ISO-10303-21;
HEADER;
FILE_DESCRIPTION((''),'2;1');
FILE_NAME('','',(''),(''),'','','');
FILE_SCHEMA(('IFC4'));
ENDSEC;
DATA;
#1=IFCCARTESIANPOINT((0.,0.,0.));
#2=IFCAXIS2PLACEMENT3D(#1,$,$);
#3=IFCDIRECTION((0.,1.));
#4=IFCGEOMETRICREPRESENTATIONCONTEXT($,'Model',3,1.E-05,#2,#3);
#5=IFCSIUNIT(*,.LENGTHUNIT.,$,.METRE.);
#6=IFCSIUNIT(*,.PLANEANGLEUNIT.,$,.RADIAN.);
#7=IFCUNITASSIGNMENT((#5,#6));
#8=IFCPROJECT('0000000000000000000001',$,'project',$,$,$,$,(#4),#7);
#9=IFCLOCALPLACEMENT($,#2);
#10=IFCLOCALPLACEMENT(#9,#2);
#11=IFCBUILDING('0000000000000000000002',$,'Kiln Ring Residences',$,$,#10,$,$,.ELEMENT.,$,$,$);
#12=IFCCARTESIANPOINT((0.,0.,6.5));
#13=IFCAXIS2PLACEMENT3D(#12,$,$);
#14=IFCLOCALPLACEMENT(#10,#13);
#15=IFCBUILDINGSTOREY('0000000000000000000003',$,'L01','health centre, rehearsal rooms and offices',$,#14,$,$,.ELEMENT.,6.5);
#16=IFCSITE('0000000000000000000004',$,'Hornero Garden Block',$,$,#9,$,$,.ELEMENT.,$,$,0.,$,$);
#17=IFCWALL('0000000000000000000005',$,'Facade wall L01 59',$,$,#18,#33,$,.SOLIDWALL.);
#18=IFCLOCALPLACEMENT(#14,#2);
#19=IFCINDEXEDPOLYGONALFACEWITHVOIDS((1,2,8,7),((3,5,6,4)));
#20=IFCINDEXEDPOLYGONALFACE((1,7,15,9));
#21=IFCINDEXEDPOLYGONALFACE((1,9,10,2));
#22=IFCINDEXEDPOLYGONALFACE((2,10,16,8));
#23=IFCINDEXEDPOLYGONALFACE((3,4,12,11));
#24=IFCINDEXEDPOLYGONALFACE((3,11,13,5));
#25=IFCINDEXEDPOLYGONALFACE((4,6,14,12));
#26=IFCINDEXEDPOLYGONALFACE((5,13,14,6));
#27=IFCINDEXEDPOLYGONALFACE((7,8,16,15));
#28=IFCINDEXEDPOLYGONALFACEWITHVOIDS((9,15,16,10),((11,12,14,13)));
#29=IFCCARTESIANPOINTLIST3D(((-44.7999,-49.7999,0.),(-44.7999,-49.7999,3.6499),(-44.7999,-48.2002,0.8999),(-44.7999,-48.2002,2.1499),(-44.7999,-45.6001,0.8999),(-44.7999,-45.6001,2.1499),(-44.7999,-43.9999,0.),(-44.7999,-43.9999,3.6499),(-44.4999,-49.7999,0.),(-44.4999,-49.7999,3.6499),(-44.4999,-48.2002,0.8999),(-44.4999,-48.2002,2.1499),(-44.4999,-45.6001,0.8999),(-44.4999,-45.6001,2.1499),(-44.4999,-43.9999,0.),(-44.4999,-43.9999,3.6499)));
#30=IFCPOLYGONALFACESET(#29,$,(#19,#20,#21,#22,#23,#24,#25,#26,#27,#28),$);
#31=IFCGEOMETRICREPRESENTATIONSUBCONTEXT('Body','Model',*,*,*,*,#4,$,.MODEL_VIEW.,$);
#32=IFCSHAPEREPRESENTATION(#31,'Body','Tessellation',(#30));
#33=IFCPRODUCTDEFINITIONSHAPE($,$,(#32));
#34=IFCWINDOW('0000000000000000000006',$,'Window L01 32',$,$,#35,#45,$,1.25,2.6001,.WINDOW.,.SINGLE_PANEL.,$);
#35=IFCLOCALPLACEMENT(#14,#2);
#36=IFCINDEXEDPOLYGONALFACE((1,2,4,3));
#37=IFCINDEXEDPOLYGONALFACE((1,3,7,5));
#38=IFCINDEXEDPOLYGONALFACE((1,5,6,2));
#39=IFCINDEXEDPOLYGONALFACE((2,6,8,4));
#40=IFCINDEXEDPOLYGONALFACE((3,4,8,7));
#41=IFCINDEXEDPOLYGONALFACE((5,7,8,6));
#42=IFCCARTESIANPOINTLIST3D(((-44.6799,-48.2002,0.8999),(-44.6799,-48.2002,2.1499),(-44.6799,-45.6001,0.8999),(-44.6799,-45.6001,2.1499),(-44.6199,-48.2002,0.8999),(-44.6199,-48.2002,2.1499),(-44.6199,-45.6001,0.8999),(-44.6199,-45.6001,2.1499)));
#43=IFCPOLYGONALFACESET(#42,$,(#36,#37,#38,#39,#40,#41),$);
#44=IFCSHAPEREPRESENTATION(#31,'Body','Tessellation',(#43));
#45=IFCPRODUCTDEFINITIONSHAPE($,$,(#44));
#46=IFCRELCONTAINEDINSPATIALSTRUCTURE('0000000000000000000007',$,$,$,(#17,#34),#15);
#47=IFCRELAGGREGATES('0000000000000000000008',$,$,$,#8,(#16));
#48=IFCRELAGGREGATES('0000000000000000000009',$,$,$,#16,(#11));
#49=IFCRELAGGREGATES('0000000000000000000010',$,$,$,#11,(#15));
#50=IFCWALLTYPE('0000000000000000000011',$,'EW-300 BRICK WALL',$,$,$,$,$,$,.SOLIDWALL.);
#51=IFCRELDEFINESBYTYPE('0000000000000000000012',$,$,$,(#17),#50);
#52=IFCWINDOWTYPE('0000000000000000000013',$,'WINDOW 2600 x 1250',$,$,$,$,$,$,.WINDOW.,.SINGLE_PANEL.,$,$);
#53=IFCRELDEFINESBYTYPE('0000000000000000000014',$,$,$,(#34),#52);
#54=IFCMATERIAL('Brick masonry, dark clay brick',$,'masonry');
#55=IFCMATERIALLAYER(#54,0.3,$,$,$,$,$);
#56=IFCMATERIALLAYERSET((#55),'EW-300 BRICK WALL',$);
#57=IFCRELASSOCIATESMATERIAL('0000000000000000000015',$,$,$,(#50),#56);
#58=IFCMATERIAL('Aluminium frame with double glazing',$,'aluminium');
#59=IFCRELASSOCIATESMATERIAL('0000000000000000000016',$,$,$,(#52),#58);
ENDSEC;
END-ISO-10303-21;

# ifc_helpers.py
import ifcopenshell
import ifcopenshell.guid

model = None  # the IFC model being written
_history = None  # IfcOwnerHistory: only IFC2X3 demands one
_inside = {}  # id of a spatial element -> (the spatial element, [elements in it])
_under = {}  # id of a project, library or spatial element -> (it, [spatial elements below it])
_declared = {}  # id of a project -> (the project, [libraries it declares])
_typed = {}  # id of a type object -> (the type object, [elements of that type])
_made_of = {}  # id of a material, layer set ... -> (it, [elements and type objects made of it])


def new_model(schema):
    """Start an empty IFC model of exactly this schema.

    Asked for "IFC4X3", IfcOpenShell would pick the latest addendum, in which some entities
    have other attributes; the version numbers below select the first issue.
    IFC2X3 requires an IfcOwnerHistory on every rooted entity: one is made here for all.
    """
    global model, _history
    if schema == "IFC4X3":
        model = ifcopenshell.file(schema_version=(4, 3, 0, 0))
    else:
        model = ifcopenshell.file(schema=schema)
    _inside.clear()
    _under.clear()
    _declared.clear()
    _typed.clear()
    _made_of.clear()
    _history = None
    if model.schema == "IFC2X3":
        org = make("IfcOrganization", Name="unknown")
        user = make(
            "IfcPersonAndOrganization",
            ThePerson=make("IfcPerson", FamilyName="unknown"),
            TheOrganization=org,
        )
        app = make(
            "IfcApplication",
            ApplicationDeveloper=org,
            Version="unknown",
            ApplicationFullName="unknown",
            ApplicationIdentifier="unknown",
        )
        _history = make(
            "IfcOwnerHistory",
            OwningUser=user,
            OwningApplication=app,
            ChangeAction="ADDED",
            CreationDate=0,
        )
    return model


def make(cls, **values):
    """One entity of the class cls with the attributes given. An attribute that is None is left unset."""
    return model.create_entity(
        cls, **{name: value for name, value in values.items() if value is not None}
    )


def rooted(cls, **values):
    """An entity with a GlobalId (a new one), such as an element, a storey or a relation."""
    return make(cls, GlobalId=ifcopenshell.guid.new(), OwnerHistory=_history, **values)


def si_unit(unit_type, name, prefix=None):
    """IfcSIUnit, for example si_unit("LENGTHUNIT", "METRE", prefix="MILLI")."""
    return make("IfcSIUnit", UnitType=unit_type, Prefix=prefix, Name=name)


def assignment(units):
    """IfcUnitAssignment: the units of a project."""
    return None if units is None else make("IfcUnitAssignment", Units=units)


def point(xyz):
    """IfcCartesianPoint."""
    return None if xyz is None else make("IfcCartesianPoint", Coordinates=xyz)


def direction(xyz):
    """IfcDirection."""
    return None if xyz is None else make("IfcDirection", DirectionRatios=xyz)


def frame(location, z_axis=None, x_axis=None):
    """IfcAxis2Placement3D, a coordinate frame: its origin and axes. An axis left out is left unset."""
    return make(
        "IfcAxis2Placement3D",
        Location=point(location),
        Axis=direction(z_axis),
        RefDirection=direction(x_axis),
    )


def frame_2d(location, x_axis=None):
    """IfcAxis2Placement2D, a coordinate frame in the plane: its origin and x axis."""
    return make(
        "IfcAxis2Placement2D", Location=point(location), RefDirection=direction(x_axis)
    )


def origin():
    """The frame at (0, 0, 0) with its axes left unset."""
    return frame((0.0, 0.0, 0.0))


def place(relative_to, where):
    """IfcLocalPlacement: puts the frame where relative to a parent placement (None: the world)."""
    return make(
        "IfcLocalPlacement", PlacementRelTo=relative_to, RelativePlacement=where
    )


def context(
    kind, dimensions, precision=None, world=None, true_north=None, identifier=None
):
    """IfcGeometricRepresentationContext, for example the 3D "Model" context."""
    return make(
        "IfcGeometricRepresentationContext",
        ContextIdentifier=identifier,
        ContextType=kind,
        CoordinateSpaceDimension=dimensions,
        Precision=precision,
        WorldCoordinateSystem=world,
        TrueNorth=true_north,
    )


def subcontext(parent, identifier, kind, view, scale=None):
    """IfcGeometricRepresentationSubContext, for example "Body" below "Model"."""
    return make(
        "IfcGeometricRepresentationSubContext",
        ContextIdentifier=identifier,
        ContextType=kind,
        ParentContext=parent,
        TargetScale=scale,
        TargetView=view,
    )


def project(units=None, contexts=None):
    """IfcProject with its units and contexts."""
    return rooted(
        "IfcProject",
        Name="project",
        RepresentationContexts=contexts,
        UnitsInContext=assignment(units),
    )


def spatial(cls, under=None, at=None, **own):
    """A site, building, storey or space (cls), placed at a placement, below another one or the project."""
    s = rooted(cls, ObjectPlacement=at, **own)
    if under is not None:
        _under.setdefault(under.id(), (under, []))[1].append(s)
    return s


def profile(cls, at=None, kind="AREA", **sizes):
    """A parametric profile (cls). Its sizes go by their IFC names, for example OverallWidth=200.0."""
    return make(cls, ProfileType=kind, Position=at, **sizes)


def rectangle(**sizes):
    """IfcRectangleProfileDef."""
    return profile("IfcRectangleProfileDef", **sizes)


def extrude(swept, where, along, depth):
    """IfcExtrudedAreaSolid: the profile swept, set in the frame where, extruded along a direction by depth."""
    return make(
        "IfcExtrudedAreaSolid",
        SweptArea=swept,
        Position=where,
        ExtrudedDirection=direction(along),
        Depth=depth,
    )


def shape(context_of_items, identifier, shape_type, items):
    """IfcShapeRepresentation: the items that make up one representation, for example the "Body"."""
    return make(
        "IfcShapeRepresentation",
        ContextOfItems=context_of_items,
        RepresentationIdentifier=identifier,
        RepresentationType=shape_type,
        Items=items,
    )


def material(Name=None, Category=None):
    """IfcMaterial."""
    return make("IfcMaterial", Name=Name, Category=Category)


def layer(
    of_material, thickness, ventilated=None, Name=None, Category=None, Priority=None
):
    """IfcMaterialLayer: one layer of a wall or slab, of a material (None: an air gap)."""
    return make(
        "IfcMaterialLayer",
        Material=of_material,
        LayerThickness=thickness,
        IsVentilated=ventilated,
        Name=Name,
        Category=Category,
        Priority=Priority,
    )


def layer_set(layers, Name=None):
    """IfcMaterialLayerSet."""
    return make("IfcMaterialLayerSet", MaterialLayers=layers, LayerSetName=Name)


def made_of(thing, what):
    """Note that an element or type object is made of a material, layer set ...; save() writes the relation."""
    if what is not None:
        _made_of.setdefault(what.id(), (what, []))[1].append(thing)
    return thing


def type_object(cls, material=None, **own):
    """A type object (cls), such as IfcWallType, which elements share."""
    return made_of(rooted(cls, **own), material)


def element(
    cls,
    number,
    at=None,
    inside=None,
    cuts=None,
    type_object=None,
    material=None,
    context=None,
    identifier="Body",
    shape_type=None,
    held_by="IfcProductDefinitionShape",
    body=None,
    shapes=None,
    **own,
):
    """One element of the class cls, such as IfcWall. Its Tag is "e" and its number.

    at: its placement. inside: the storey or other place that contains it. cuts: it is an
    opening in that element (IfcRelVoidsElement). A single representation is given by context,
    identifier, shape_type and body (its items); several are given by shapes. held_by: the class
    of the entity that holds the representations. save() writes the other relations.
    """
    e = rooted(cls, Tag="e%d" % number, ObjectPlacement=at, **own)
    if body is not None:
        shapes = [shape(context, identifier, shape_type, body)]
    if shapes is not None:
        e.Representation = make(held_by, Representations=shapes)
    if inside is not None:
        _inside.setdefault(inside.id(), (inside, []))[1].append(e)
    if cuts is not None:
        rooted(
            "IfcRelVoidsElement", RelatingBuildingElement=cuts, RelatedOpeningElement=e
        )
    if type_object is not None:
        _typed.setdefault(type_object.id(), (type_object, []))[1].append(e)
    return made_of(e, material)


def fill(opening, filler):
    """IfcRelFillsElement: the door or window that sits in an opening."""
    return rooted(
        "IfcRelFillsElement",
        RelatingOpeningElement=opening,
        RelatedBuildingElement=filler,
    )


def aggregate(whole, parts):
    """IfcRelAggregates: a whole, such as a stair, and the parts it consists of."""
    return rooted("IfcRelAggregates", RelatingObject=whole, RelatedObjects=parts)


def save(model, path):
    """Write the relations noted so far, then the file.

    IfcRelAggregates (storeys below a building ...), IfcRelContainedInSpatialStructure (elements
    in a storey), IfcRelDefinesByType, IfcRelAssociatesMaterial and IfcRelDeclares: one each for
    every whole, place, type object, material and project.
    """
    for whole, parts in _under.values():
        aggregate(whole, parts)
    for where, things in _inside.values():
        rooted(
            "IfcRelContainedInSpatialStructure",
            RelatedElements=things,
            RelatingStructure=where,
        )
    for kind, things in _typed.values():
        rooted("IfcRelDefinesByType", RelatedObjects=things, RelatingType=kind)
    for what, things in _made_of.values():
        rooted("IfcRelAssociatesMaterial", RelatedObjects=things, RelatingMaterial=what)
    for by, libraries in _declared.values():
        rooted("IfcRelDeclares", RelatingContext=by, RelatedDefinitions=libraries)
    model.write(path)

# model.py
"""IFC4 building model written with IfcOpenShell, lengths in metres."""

from ifc_helpers import new_model, si_unit, direction, frame, frame_2d, origin, place, context, subcontext, project, spatial, rectangle, extrude, material, layer, layer_set, type_object, element, fill, save


model = new_model("IFC4")

# Units and contexts
model_context = context("Model", 3, precision=1e-05, world=origin(), true_north=direction((0.0, 1.0)))
body_context = subcontext(model_context, "Body", "Model", "MODEL_VIEW")
ifc_project = project(units=[si_unit("LENGTHUNIT", "METRE"), si_unit("PLANEANGLEUNIT", "RADIAN")], contexts=[model_context])

# Site, building, storey
site_placement = place(None, origin())
site = spatial("IfcSite", under=ifc_project, at=site_placement, Name="Hornero Garden Block", CompositionType="ELEMENT", RefElevation=0.0)
building_placement = place(site_placement, origin())
building = spatial("IfcBuilding", under=site, at=building_placement, Name="Kiln Ring Residences", CompositionType="ELEMENT")
storey_placement = place(building_placement, frame((0.0, 0.0, 6.5)))
storey = spatial("IfcBuildingStorey", under=building, at=storey_placement, Name="L01", Description="health centre, rehearsal rooms and offices", CompositionType="ELEMENT", Elevation=6.5)

# Shared definitions
ifc_material_1 = material(Name="Brick masonry, dark clay brick", Category="masonry")
ifc_layer_1 = layer(ifc_material_1, 0.3)
ifc_layer_set_1 = layer_set([ifc_layer_1], Name="EW-300 BRICK WALL")
wall_type_1 = type_object("IfcWallType", Name="EW-300 BRICK WALL", PredefinedType="SOLIDWALL", material=ifc_layer_set_1)

# Wall, opening, window
wall_1_placement = place(storey_placement, frame((-44.6499, -44.0, 0.0), z_axis=(0.0, 0.0, 1.0), x_axis=(0.0, -1.0, 0.0)))
wall_1 = element("IfcWall", 1, at=wall_1_placement, inside=storey, type_object=wall_type_1, Name="Facade wall L01 59", PredefinedType="SOLIDWALL", context=body_context, shape_type="SweptSolid", body=[
    extrude(rectangle(XDim=5.8, YDim=0.3, at=frame_2d((2.8999, 0.0))), origin(), (0.0, 0.0, 1.0), 3.6499),
])
opening_1_placement = place(wall_1_placement, frame((1.6001, 0.0, 0.8999)))
opening_1 = element("IfcOpeningElement", 2, at=opening_1_placement, cuts=wall_1, PredefinedType="OPENING", context=body_context, shape_type="SweptSolid", body=[
    extrude(rectangle(XDim=2.6001, YDim=1.25, at=frame_2d((1.3, 0.625))), frame((0.0, 0.1599, 0.0), z_axis=(0.0, -1.0, 0.0), x_axis=(1.0, 0.0, 0.0)), (0.0, 0.0, 1.0), 0.3201),
])
ifc_material_2 = material(Name="Aluminium frame with double glazing", Category="aluminium")
window_type_1 = type_object("IfcWindowType", Name="WINDOW 2600 x 1250", PartitioningType="SINGLE_PANEL", PredefinedType="WINDOW", material=ifc_material_2)
window_1_placement = place(opening_1_placement, origin())
window_1 = element("IfcWindow", 3, at=window_1_placement, inside=storey, type_object=window_type_1, Name="Window L01 32", OverallHeight=1.25, OverallWidth=2.6001, PartitioningType="SINGLE_PANEL", PredefinedType="WINDOW", context=body_context, shape_type="SweptSolid", body=[
    extrude(rectangle(XDim=2.6001, YDim=1.25, at=frame_2d((1.3, 0.625))), frame((0.0, 0.03, 0.0), z_axis=(0.0, -1.0, 0.0), x_axis=(1.0, 0.0, 0.0)), (0.0, 0.0, 1.0), 0.0601),
])
fill(opening_1, window_1)

save(model, "model.ifc")
